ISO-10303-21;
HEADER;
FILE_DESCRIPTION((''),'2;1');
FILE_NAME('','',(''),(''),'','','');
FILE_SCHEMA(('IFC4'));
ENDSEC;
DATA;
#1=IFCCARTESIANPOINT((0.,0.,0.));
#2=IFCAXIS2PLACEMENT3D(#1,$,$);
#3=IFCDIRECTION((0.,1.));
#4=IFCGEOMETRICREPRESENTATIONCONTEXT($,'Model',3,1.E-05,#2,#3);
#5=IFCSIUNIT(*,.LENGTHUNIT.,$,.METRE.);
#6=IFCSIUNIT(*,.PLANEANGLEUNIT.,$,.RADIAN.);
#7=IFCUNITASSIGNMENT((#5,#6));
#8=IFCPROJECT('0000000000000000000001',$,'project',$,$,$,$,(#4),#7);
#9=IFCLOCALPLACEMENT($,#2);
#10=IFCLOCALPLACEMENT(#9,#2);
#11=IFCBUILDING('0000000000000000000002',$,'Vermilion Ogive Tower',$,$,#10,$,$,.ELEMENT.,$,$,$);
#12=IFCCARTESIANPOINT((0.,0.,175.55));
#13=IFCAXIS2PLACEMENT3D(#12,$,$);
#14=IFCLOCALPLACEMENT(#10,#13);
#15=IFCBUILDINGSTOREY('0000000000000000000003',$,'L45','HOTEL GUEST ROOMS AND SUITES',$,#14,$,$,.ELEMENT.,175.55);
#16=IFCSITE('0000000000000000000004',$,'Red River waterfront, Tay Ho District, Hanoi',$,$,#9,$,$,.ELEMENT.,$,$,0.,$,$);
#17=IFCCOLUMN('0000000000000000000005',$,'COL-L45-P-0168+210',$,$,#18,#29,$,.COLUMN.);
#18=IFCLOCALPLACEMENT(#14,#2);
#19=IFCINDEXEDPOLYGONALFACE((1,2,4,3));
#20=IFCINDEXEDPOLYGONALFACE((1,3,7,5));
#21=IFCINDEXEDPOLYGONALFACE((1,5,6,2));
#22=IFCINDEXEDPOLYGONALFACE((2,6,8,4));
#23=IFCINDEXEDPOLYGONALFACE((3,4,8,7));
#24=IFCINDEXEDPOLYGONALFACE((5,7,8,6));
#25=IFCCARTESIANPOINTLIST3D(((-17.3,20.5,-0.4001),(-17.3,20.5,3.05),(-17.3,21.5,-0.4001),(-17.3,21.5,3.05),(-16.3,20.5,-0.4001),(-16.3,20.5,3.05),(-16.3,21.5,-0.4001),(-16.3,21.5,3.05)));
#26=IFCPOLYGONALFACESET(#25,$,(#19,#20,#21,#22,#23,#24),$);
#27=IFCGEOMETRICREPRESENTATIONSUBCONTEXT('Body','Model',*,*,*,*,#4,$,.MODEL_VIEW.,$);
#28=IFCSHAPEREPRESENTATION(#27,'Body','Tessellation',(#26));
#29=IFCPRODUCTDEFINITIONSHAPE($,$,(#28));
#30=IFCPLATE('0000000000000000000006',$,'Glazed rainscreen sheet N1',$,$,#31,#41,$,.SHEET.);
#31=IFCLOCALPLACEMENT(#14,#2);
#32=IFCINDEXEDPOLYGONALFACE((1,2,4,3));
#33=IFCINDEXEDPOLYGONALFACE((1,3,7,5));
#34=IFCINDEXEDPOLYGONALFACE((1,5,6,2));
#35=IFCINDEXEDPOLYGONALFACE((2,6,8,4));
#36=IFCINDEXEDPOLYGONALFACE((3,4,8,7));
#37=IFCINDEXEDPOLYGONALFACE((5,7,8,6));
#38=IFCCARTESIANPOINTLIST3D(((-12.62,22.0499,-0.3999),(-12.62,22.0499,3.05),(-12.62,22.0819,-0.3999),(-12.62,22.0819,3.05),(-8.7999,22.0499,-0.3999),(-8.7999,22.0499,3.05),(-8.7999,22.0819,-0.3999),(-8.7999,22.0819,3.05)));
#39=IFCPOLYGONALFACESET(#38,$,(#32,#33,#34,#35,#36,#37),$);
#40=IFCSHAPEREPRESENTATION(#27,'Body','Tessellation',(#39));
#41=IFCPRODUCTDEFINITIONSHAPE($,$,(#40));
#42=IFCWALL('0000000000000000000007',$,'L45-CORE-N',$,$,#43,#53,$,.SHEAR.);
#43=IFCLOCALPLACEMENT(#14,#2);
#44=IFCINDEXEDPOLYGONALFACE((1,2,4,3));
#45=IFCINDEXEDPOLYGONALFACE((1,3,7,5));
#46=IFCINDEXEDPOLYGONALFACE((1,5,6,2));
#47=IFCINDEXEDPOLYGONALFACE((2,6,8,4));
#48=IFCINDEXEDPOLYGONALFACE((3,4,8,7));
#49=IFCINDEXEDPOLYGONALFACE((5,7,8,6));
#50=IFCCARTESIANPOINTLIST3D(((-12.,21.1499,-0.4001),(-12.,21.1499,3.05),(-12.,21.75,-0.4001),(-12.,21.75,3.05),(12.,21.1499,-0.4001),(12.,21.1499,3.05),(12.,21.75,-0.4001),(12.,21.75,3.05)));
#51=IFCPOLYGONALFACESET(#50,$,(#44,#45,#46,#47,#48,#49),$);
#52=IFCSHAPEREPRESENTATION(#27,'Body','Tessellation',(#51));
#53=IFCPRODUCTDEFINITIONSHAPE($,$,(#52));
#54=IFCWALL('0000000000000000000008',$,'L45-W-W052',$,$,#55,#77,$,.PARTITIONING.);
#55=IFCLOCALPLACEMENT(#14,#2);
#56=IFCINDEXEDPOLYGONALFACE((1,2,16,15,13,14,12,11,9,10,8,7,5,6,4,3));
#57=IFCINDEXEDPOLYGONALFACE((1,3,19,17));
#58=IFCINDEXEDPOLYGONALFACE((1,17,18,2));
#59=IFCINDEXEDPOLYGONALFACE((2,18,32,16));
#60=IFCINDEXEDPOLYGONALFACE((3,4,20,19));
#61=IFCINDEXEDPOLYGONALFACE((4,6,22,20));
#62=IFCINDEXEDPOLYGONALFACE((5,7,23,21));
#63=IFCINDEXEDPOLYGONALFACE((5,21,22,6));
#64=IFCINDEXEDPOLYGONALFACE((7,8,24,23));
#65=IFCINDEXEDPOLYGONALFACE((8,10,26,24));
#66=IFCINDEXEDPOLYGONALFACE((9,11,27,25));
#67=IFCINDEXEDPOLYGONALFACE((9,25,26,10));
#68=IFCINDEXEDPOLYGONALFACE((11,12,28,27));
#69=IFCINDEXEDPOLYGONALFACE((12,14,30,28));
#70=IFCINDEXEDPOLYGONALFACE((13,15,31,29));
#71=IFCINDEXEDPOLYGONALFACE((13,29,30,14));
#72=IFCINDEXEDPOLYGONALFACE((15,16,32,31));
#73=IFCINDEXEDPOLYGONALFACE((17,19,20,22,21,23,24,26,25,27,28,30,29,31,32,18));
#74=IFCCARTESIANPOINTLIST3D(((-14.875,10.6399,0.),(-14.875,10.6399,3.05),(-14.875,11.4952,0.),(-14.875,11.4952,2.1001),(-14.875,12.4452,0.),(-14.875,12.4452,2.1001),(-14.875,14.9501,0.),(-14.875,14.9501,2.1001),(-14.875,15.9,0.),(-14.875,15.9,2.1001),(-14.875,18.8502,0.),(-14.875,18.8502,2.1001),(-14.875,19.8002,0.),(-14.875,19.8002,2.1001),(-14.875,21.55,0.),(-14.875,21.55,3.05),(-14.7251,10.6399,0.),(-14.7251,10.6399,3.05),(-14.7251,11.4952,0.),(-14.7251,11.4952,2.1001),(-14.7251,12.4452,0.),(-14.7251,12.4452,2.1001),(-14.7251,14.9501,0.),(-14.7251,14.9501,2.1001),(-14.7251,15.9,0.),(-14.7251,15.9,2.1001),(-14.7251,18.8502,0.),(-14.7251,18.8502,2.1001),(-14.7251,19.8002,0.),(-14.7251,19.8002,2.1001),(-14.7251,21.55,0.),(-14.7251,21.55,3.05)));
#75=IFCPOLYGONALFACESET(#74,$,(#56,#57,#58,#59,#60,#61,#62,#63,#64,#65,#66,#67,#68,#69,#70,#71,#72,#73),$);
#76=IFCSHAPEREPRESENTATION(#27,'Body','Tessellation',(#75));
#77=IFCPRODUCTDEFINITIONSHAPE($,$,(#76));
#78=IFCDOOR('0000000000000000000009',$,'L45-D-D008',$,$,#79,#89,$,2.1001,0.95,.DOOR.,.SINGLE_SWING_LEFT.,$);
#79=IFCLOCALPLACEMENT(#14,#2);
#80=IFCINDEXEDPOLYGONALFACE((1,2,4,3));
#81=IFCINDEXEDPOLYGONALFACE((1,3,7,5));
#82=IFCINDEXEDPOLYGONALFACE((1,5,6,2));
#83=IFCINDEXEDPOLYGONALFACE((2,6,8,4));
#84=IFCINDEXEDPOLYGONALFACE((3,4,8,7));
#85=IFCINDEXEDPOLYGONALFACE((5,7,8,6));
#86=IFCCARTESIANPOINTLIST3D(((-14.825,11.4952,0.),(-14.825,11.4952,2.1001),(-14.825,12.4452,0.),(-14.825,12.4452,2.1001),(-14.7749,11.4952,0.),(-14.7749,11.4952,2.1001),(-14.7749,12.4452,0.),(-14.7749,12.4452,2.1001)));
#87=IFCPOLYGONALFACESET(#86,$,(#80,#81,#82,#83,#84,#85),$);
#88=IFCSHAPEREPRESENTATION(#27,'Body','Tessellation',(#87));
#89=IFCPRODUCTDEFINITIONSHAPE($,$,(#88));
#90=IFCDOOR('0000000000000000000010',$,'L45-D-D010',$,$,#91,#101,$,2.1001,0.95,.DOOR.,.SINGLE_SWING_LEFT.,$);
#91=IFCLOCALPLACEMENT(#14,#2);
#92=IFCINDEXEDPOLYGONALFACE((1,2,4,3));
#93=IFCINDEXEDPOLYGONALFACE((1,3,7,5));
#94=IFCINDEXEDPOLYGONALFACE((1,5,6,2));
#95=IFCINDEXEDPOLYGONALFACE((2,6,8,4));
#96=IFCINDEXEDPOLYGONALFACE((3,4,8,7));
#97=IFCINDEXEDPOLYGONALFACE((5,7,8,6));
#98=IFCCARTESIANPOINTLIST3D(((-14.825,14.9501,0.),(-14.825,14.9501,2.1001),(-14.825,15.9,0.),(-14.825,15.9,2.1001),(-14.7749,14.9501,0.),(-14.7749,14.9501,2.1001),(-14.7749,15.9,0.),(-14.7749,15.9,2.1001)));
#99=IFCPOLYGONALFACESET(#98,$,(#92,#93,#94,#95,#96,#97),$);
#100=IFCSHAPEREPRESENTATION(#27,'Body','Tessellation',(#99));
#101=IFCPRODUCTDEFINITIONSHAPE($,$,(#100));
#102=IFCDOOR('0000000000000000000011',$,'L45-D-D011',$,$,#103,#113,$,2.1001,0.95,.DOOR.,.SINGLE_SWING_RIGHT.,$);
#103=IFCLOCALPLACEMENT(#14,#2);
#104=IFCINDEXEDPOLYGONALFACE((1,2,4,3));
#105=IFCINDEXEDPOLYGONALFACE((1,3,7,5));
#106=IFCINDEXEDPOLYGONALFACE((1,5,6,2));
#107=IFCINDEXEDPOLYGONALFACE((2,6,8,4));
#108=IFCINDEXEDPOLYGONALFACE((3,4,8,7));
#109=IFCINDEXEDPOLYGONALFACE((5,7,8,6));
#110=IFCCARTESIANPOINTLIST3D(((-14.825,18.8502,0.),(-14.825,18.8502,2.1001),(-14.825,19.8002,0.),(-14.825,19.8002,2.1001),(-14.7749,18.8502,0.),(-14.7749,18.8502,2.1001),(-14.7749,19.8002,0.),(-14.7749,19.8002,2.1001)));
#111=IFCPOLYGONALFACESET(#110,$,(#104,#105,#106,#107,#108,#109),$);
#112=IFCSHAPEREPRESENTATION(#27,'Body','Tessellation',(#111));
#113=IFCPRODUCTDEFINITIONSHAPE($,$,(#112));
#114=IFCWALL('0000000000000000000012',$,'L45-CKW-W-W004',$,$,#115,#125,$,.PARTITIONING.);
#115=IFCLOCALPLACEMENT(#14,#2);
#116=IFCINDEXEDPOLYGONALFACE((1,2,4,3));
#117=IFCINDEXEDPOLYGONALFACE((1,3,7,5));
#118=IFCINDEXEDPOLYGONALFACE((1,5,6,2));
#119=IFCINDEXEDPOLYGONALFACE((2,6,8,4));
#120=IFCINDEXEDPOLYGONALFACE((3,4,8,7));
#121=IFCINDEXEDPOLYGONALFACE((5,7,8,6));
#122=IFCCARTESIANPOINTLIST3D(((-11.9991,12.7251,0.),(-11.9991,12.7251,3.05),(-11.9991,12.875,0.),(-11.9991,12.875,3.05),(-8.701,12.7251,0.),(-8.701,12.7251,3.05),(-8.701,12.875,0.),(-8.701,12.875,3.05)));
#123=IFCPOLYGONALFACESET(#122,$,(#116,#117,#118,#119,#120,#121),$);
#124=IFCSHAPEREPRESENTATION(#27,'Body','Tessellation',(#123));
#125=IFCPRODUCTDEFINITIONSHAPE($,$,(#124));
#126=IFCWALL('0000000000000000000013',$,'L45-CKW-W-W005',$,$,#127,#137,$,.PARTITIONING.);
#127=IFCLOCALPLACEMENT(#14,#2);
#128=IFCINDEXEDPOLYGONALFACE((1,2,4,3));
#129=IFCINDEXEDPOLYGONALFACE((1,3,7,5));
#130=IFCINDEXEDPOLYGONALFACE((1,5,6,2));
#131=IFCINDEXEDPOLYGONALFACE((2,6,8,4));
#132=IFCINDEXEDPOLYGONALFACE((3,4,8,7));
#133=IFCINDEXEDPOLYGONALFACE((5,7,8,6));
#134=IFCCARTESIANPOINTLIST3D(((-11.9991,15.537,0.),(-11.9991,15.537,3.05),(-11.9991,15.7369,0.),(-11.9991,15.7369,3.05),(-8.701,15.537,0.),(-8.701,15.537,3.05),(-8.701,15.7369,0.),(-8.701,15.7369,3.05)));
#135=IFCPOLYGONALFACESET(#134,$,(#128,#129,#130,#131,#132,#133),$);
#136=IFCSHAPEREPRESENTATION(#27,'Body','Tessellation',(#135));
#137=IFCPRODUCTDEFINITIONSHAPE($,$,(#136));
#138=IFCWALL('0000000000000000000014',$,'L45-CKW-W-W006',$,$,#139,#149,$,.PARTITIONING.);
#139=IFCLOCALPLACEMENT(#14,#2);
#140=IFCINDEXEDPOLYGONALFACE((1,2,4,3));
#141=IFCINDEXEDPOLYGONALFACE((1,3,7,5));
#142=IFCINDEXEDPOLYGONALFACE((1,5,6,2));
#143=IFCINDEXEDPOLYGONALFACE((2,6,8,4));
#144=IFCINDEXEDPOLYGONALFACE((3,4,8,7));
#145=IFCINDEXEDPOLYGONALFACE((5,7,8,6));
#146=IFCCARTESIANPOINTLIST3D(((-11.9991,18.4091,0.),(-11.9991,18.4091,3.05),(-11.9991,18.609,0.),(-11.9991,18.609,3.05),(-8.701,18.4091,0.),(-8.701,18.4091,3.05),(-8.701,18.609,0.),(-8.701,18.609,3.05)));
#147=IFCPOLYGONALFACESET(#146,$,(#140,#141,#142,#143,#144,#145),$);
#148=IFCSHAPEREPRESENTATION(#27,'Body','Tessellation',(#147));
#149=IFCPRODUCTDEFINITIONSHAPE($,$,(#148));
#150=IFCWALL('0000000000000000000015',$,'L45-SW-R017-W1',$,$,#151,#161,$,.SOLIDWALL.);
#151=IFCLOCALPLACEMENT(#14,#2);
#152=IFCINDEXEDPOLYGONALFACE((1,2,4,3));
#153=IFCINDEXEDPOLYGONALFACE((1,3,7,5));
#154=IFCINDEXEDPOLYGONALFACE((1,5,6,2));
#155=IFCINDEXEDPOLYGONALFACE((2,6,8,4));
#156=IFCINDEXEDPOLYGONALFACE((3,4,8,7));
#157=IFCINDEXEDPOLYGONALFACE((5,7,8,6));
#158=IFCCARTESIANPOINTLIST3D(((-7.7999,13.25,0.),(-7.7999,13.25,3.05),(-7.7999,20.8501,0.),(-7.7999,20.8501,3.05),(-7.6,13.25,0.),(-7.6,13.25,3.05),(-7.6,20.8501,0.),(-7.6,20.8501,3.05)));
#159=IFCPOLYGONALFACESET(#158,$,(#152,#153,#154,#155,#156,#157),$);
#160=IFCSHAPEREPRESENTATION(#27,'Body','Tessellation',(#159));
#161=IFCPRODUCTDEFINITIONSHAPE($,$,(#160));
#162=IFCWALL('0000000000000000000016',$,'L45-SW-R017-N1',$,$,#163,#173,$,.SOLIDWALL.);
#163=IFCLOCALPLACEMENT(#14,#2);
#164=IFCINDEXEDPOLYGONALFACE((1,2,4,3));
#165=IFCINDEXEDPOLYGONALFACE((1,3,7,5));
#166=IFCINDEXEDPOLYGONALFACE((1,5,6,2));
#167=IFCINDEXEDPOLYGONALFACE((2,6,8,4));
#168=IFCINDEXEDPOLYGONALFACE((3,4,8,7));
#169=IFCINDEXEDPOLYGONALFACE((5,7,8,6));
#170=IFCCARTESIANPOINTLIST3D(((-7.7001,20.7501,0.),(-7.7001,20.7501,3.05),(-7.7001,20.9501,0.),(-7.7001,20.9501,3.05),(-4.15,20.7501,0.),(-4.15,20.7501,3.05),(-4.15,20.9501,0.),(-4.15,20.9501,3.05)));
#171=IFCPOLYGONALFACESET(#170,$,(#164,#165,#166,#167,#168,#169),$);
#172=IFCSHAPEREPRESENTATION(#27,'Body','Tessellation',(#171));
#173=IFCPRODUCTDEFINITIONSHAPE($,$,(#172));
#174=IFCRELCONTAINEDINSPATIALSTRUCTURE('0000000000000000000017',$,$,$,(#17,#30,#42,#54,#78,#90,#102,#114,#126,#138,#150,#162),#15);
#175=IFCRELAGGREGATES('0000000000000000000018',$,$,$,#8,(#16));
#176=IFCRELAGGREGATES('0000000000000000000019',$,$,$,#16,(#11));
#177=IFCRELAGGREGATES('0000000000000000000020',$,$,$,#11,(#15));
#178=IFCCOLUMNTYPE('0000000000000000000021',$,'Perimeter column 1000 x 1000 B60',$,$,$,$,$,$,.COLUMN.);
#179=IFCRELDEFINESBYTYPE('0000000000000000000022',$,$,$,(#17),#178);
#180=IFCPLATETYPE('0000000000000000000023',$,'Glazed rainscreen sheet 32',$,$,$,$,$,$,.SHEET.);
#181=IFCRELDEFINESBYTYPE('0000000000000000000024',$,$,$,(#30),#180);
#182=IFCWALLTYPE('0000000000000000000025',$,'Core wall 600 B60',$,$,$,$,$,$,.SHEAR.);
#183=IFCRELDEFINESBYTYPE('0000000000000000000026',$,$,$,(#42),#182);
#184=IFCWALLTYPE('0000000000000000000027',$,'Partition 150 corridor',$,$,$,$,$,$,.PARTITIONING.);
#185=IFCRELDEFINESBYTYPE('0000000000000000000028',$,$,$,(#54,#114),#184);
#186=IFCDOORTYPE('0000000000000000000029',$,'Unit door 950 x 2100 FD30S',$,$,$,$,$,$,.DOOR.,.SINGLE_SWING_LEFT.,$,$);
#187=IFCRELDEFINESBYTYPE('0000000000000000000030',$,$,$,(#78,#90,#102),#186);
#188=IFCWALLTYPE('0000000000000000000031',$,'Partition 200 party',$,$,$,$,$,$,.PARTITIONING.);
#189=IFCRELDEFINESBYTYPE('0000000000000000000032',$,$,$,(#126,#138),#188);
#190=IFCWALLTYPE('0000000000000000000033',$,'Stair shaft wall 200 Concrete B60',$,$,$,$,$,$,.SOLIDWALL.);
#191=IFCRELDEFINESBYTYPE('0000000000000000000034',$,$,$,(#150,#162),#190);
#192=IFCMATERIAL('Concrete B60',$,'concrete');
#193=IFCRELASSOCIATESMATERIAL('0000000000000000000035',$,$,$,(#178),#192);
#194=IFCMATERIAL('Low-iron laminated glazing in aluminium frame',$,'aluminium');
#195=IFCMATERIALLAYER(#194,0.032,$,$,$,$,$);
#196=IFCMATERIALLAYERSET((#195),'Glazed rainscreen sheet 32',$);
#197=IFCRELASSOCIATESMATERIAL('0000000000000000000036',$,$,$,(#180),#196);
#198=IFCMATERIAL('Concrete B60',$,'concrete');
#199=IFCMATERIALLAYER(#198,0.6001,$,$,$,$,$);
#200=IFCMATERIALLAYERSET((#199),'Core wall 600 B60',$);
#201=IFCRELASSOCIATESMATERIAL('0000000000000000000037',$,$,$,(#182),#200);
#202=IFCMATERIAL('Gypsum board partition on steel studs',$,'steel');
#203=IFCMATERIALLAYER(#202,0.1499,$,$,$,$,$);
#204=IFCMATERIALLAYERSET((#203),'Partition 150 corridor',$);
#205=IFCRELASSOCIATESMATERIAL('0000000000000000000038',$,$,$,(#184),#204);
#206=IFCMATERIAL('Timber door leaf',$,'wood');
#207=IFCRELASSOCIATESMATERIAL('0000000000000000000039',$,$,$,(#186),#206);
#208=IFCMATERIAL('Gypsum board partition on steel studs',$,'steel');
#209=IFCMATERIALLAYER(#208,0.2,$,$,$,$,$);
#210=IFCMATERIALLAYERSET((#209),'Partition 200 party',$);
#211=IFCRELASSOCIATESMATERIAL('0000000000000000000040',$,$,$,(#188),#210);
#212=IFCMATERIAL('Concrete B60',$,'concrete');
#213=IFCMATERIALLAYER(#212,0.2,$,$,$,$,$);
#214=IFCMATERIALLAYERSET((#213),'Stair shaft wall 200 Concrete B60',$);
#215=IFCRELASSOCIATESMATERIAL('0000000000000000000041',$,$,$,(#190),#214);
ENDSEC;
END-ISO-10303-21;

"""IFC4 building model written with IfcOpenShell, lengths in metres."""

from ifc_helpers import new_model, si_unit, direction, frame, frame_2d, origin, origin_2d, place, context, subcontext, project, spatial, rectangle, extrude, material, layer, layer_set, material_profile, profile_set, type_object, element, fill, save


model = new_model("IFC4")

# Units and contexts
model_context = context("Model", 3, precision=1e-05, world=origin(), true_north=direction((0.0, 1.0)))
body_context = subcontext(model_context, "Body", "Model", "MODEL_VIEW")
ifc_project = project(units=[si_unit("LENGTHUNIT", "METRE"), si_unit("PLANEANGLEUNIT", "RADIAN")], contexts=[model_context])

# Site, building, storey
site_placement = place(None, origin())
site = spatial("IfcSite", under=ifc_project, at=site_placement, Name="Red River waterfront, Tay Ho District, Hanoi", CompositionType="ELEMENT", RefElevation=0.0)
building_placement = place(site_placement, origin())
building = spatial("IfcBuilding", under=site, at=building_placement, Name="Vermilion Ogive Tower", CompositionType="ELEMENT")
storey_placement = place(building_placement, frame((0.0, 0.0, 175.55)))
storey = spatial("IfcBuildingStorey", under=building, at=storey_placement, Name="L45", Description="HOTEL GUEST ROOMS AND SUITES", CompositionType="ELEMENT", Elevation=175.55)

# Column
ifc_material_1 = material(Name="Concrete B60", Category="concrete")
ifc_material_profile = material_profile(ifc_material_1, rectangle(XDim=1.0, YDim=1.0, at=origin_2d()), Name="1000 x 1000")
ifc_profile_set = profile_set([ifc_material_profile], Name="Concrete B60")
column_type = type_object("IfcColumnType", Name="Perimeter column 1000 x 1000 B60", PredefinedType="COLUMN", material=ifc_profile_set)
column_placement = place(storey_placement, frame((-16.8, 21.0, -0.4001), z_axis=(0.0, 0.0, 1.0), x_axis=(1.0, 0.0, 0.0)))
element("IfcColumn", 1, at=column_placement, inside=storey, type_object=column_type, Name="COL-L45-P-0168+210", PredefinedType="COLUMN", context=body_context, shape_type="SweptSolid", body=[
    extrude(rectangle(XDim=1.0, YDim=1.0, at=origin_2d()), origin(), (0.0, 0.0, 1.0), 3.4502),
])

# Plate
ifc_material_2 = material(Name="Low-iron laminated glazing in aluminium frame", Category="aluminium")
ifc_layer_1 = layer(ifc_material_2, 0.032)
ifc_layer_set_1 = layer_set([ifc_layer_1], Name="Glazed rainscreen sheet 32")
plate_type = type_object("IfcPlateType", Name="Glazed rainscreen sheet 32", PredefinedType="SHEET", material=ifc_layer_set_1)
plate_placement = place(storey_placement, frame((-10.71, 22.0659, -0.3999), z_axis=(0.0, 0.0, 1.0), x_axis=(1.0, 0.0, 0.0)))
element("IfcPlate", 2, at=plate_placement, inside=storey, type_object=plate_type, Name="Glazed rainscreen sheet N1", PredefinedType="SHEET", context=body_context, shape_type="SweptSolid", body=[
    extrude(rectangle(XDim=3.8201, YDim=0.032, at=origin_2d()), origin(), (0.0, 0.0, 1.0), 3.45),
])

# Wall
ifc_material_3 = material(Name="Concrete B60", Category="concrete")
ifc_layer_2 = layer(ifc_material_3, 0.6001)
ifc_layer_set_2 = layer_set([ifc_layer_2], Name="Core wall 600 B60")
wall_type_1 = type_object("IfcWallType", Name="Core wall 600 B60", PredefinedType="SHEAR", material=ifc_layer_set_2)
wall_1_placement = place(storey_placement, frame((-12.0, 21.45, -0.4001), z_axis=(0.0, 0.0, 1.0), x_axis=(1.0, 0.0, 0.0)))
element("IfcWall", 3, at=wall_1_placement, inside=storey, type_object=wall_type_1, Name="L45-CORE-N", PredefinedType="SHEAR", context=body_context, shape_type="SweptSolid", body=[
    extrude(rectangle(XDim=24.0, YDim=0.6001, at=frame_2d((12.0, 0.0))), origin(), (0.0, 0.0, 1.0), 3.4502),
])

# Wall, openings, doors
ifc_material_4 = material(Name="Gypsum board partition on steel studs", Category="steel")
ifc_layer_3 = layer(ifc_material_4, 0.1499)
ifc_layer_set_3 = layer_set([ifc_layer_3], Name="Partition 150 corridor")
wall_type_2 = type_object("IfcWallType", Name="Partition 150 corridor", PredefinedType="PARTITIONING", material=ifc_layer_set_3)
wall_2_placement = place(storey_placement, frame((-14.8, 10.6399, 0.0), z_axis=(0.0, 0.0, 1.0), x_axis=(0.0, 1.0, 0.0)))
wall_2 = element("IfcWall", 4, at=wall_2_placement, inside=storey, type_object=wall_type_2, Name="L45-W-W052", PredefinedType="PARTITIONING", context=body_context, shape_type="SweptSolid", body=[
    extrude(rectangle(XDim=10.9102, YDim=0.1499, at=frame_2d((5.4551, 0.0))), origin(), (0.0, 0.0, 1.0), 3.05),
])
opening_1_placement = place(wall_2_placement, frame((0.8552, 0.0, 0.0)))
opening_1 = element("IfcOpeningElement", 5, at=opening_1_placement, cuts=wall_2, PredefinedType="OPENING", context=body_context, shape_type="SweptSolid", body=[
    extrude(rectangle(XDim=0.95, YDim=2.1001, at=frame_2d((0.4751, 1.05))), frame((0.0, 0.085, 0.0), z_axis=(0.0, -1.0, 0.0), x_axis=(1.0, 0.0, 0.0)), (0.0, 0.0, 1.0), 0.1699),
])
opening_2_placement = place(wall_2_placement, frame((4.3101, 0.0, 0.0)))
opening_2 = element("IfcOpeningElement", 6, at=opening_2_placement, cuts=wall_2, PredefinedType="OPENING", context=body_context, shape_type="SweptSolid", body=[
    extrude(rectangle(XDim=0.95, YDim=2.1001, at=frame_2d((0.4751, 1.05))), frame((0.0, 0.085, 0.0), z_axis=(0.0, -1.0, 0.0), x_axis=(1.0, 0.0, 0.0)), (0.0, 0.0, 1.0), 0.1699),
])
opening_3_placement = place(wall_2_placement, frame((8.2102, 0.0, 0.0)))
opening_3 = element("IfcOpeningElement", 7, at=opening_3_placement, cuts=wall_2, PredefinedType="OPENING", context=body_context, shape_type="SweptSolid", body=[
    extrude(rectangle(XDim=0.95, YDim=2.1001, at=frame_2d((0.4751, 1.05))), frame((0.0, 0.085, 0.0), z_axis=(0.0, -1.0, 0.0), x_axis=(1.0, 0.0, 0.0)), (0.0, 0.0, 1.0), 0.1699),
])
ifc_material_5 = material(Name="Timber door leaf", Category="wood")
door_type_1 = type_object("IfcDoorType", Name="Unit door 950 x 2100 FD30S", OperationType="SINGLE_SWING_LEFT", PredefinedType="DOOR", material=ifc_material_5)
door_1_placement = place(opening_1_placement, origin())
door_1 = element("IfcDoor", 8, at=door_1_placement, inside=storey, type_object=door_type_1, Name="L45-D-D008", OperationType="SINGLE_SWING_LEFT", OverallHeight=2.1001, OverallWidth=0.95, PredefinedType="DOOR", context=body_context, shape_type="SweptSolid", body=[
    extrude(rectangle(XDim=0.95, YDim=2.1001, at=frame_2d((0.4751, 1.05))), frame((0.0, 0.0249, 0.0), z_axis=(0.0, -1.0, 0.0), x_axis=(1.0, 0.0, 0.0)), (0.0, 0.0, 1.0), 0.05),
])
fill(opening_1, door_1)
door_2_placement = place(opening_2_placement, origin())
door_2 = element("IfcDoor", 9, at=door_2_placement, inside=storey, type_object=door_type_1, Name="L45-D-D010", OperationType="SINGLE_SWING_LEFT", OverallHeight=2.1001, OverallWidth=0.95, PredefinedType="DOOR", context=body_context, shape_type="SweptSolid", body=[
    extrude(rectangle(XDim=0.95, YDim=2.1001, at=frame_2d((0.4751, 1.05))), frame((0.0, 0.0249, 0.0), z_axis=(0.0, -1.0, 0.0), x_axis=(1.0, 0.0, 0.0)), (0.0, 0.0, 1.0), 0.05),
])
fill(opening_2, door_2)
door_3_placement = place(opening_3_placement, origin())
door_3 = element("IfcDoor", 10, at=door_3_placement, inside=storey, type_object=door_type_1, Name="L45-D-D011", OperationType="SINGLE_SWING_RIGHT", OverallHeight=2.1001, OverallWidth=0.95, PredefinedType="DOOR", context=body_context, shape_type="SweptSolid", body=[
    extrude(rectangle(XDim=0.95, YDim=2.1001, at=frame_2d((0.4751, 1.05))), frame((0.0, 0.0249, 0.0), z_axis=(0.0, -1.0, 0.0), x_axis=(1.0, 0.0, 0.0)), (0.0, 0.0, 1.0), 0.05),
])
fill(opening_3, door_3)

# Walls
wall_3_placement = place(storey_placement, frame((-11.999, 12.8, 0.0), z_axis=(0.0, 0.0, 1.0), x_axis=(1.0, 0.0, 0.0)))
element("IfcWall", 11, at=wall_3_placement, inside=storey, type_object=wall_type_2, Name="L45-CKW-W-W004", PredefinedType="PARTITIONING", context=body_context, shape_type="SweptSolid", body=[
    extrude(rectangle(XDim=3.2981, YDim=0.1499, at=frame_2d((1.6489, 0.0))), origin(), (0.0, 0.0, 1.0), 3.05),
])
ifc_material_6 = material(Name="Gypsum board partition on steel studs", Category="steel")
ifc_layer_4 = layer(ifc_material_6, 0.2)
ifc_layer_set_4 = layer_set([ifc_layer_4], Name="Partition 200 party")
wall_type_3 = type_object("IfcWallType", Name="Partition 200 party", PredefinedType="PARTITIONING", material=ifc_layer_set_4)
for number, where, z_axis, x_axis, name in (
    (12, (-11.999, 15.637, 0.0), (0.0, 0.0, 1.0), (1.0, 0.0, 0.0), "L45-CKW-W-W005"),
    (13, (-11.999, 18.509, 0.0), (0.0, 0.0, 1.0), (1.0, 0.0, 0.0), "L45-CKW-W-W006"),
):
    element("IfcWall", number, at=place(storey_placement, frame(where, z_axis=z_axis, x_axis=x_axis)), inside=storey, type_object=wall_type_3, Name=name, PredefinedType="PARTITIONING", context=body_context, shape_type="SweptSolid", body=[
        extrude(rectangle(XDim=3.2981, YDim=0.2, at=frame_2d((1.6489, 0.0))), origin(), (0.0, 0.0, 1.0), 3.05),
    ])
ifc_material_7 = material(Name="Concrete B60", Category="concrete")
ifc_layer_5 = layer(ifc_material_7, 0.2)
ifc_layer_set_5 = layer_set([ifc_layer_5], Name="Stair shaft wall 200 Concrete B60")
wall_type_4 = type_object("IfcWallType", Name="Stair shaft wall 200 Concrete B60", PredefinedType="SOLIDWALL", material=ifc_layer_set_5)
wall_4_placement = place(storey_placement, frame((-7.7, 13.25, 0.0), z_axis=(0.0, 0.0, 1.0), x_axis=(0.0, 1.0, 0.0)))
element("IfcWall", 14, at=wall_4_placement, inside=storey, type_object=wall_type_4, Name="L45-SW-R017-W1", PredefinedType="SOLIDWALL", context=body_context, shape_type="SweptSolid", body=[
    extrude(rectangle(XDim=7.6001, YDim=0.2, at=frame_2d((3.8, 0.0))), origin(), (0.0, 0.0, 1.0), 3.05),
])
wall_5_placement = place(storey_placement, frame((-7.7, 20.8501, 0.0), z_axis=(0.0, 0.0, 1.0), x_axis=(1.0, 0.0, 0.0)))
element("IfcWall", 15, at=wall_5_placement, inside=storey, type_object=wall_type_4, Name="L45-SW-R017-N1", PredefinedType="SOLIDWALL", context=body_context, shape_type="SweptSolid", body=[
    extrude(rectangle(XDim=3.55, YDim=0.2, at=frame_2d((1.7749, 0.0))), origin(), (0.0, 0.0, 1.0), 3.05),
])

save(model, "model.ifc")
